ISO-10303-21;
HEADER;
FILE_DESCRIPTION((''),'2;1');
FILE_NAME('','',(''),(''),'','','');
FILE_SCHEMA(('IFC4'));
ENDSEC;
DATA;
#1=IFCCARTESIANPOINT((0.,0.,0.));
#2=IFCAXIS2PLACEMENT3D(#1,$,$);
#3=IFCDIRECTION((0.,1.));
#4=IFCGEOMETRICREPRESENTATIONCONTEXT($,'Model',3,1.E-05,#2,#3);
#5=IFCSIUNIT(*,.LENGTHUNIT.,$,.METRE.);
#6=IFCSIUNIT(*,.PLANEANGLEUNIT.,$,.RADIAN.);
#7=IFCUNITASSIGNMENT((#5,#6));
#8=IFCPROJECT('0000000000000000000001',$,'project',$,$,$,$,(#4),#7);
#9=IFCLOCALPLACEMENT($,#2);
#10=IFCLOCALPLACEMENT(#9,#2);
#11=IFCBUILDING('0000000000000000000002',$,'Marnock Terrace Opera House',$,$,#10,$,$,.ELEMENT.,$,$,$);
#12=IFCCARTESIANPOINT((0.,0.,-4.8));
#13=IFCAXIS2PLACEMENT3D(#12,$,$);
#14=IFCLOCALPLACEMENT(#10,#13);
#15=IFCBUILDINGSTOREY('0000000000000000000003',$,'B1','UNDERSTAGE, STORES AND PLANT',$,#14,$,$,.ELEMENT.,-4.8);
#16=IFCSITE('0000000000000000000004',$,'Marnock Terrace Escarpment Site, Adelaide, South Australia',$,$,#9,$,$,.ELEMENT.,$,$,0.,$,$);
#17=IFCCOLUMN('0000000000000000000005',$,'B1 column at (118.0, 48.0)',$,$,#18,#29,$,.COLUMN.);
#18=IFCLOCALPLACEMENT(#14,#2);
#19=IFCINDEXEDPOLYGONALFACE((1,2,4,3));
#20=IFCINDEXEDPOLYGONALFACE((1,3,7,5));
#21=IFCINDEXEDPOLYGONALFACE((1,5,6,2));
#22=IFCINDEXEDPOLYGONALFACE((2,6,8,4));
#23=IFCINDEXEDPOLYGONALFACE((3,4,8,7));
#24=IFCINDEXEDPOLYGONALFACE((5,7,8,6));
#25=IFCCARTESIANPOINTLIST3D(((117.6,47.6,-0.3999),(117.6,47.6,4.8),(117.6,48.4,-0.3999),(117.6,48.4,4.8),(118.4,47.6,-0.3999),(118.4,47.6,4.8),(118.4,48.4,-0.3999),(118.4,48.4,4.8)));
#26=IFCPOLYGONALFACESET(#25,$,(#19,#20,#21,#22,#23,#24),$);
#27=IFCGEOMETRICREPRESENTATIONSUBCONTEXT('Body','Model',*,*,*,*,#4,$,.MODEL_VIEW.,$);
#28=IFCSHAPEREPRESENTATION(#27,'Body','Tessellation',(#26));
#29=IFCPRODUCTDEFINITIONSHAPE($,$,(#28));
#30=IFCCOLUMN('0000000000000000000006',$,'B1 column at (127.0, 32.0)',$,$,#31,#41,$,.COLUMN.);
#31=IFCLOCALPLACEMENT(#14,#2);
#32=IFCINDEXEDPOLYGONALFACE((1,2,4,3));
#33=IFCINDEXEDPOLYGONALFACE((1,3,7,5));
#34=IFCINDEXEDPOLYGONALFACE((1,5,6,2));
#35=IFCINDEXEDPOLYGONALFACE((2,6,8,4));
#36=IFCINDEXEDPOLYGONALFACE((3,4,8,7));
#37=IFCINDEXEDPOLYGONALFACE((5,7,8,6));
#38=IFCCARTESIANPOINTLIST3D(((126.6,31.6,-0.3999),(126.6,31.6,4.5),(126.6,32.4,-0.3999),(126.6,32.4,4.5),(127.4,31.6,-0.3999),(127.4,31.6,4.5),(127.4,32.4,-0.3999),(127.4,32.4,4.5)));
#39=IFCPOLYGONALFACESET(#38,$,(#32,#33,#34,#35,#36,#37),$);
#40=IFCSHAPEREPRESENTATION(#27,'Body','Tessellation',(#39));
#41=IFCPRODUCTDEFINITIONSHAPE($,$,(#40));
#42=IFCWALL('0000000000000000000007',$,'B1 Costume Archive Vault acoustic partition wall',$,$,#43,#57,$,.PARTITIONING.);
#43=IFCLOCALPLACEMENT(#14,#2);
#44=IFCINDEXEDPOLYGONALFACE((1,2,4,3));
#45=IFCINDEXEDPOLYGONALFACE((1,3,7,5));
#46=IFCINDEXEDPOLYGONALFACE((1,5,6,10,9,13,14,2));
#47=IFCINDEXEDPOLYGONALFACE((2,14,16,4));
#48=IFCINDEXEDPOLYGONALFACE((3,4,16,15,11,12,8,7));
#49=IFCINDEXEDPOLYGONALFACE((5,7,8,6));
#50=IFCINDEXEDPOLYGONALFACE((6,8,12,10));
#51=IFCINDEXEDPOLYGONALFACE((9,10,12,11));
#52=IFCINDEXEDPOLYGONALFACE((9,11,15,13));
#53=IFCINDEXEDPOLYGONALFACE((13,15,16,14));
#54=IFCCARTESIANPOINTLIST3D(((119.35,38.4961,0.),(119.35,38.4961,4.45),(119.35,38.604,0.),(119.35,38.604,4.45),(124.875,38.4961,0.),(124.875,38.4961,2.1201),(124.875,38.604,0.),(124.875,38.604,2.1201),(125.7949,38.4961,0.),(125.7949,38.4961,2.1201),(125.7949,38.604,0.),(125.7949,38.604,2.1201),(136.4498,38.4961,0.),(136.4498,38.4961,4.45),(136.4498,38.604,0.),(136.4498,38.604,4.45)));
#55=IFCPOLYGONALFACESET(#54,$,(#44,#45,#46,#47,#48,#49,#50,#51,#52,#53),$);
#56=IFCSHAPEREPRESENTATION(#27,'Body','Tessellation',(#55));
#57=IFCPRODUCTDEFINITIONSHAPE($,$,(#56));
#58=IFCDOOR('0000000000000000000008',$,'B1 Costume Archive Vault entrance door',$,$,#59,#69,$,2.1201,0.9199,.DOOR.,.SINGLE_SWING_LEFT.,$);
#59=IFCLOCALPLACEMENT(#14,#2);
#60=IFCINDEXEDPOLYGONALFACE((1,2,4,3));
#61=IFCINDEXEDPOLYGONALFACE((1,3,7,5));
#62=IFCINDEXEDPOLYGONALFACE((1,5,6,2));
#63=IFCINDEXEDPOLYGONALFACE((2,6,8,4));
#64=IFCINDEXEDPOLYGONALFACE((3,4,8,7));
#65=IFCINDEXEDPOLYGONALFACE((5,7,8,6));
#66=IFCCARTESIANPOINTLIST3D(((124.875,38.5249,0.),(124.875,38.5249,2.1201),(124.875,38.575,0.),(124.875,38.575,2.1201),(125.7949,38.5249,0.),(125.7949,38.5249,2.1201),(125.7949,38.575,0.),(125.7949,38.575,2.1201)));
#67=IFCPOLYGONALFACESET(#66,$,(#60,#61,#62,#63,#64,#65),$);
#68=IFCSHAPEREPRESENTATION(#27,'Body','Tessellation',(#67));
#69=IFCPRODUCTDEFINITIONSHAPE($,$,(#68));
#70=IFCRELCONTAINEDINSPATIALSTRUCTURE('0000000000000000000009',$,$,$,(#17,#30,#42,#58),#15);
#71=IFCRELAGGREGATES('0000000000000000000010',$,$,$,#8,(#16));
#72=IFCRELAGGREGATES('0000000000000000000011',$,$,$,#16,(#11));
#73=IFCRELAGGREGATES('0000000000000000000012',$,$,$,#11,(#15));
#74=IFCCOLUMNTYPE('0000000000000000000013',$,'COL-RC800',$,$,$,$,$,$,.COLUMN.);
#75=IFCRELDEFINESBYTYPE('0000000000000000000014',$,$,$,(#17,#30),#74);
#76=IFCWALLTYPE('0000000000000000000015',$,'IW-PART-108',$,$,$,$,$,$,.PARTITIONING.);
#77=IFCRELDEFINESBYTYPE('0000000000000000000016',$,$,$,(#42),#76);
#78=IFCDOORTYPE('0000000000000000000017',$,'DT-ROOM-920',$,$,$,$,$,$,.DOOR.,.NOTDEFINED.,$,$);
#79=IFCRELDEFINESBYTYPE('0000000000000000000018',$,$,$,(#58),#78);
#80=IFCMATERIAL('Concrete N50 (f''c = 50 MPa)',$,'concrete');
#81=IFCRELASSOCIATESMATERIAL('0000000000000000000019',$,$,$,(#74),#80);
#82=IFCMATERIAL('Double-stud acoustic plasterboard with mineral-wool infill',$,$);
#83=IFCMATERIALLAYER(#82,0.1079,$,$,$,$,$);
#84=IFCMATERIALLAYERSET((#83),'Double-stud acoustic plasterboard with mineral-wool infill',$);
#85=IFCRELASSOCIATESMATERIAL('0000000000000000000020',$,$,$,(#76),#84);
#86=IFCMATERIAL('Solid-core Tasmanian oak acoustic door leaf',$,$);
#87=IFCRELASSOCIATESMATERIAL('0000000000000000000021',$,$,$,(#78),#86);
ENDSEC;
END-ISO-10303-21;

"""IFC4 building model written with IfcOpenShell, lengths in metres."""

from ifc_helpers import new_model, si_unit, direction, frame, frame_2d, origin, origin_2d, place, context, subcontext, project, spatial, rectangle, extrude, material, layer, layer_set, material_profile, profile_set, type_object, element, fill, save


model = new_model("IFC4")

# Units and contexts
model_context = context("Model", 3, precision=1e-05, world=origin(), true_north=direction((0.0, 1.0)))
body_context = subcontext(model_context, "Body", "Model", "MODEL_VIEW")
ifc_project = project(units=[si_unit("LENGTHUNIT", "METRE"), si_unit("PLANEANGLEUNIT", "RADIAN")], contexts=[model_context])

# Site, building, storey
site_placement = place(None, origin())
site = spatial("IfcSite", under=ifc_project, at=site_placement, Name="Marnock Terrace Escarpment Site, Adelaide, South Australia", CompositionType="ELEMENT", RefElevation=0.0)
building_placement = place(site_placement, origin())
building = spatial("IfcBuilding", under=site, at=building_placement, Name="Marnock Terrace Opera House", CompositionType="ELEMENT")
storey_placement = place(building_placement, frame((0.0, 0.0, -4.8)))
storey = spatial("IfcBuildingStorey", under=building, at=storey_placement, Name="B1", Description="UNDERSTAGE, STORES AND PLANT", CompositionType="ELEMENT", Elevation=-4.8)

# Columns
ifc_material_1 = material(Name="Concrete N50 (f'c = 50 MPa)", Category="concrete")
ifc_material_profile_1 = material_profile(ifc_material_1, rectangle(XDim=0.8, YDim=0.8, at=origin_2d()))
ifc_profile_set_1 = profile_set([ifc_material_profile_1], Name="Concrete N50 (f'c = 50 MPa)")
column_type = type_object("IfcColumnType", Name="COL-RC800", PredefinedType="COLUMN", material=ifc_profile_set_1)
column_1_placement = place(storey_placement, frame((118.0, 48.0, -0.3999), z_axis=(0.0, 0.0, 1.0), x_axis=(1.0, 0.0, 0.0)))
element("IfcColumn", 1, at=column_1_placement, inside=storey, type_object=column_type, Name="B1 column at (118.0, 48.0)", PredefinedType="COLUMN", context=body_context, shape_type="SweptSolid", body=[
    extrude(rectangle(XDim=0.8, YDim=0.8, at=origin_2d()), origin(), (0.0, 0.0, 1.0), 5.2),
])
column_2_placement = place(storey_placement, frame((127.0, 32.0, -0.3999), z_axis=(0.0, 0.0, 1.0), x_axis=(1.0, 0.0, 0.0)))
element("IfcColumn", 2, at=column_2_placement, inside=storey, type_object=column_type, Name="B1 column at (127.0, 32.0)", PredefinedType="COLUMN", context=body_context, shape_type="SweptSolid", body=[
    extrude(rectangle(XDim=0.8, YDim=0.8, at=origin_2d()), origin(), (0.0, 0.0, 1.0), 4.8999),
])

# Wall, opening, door
ifc_material_2 = material(Name="Double-stud acoustic plasterboard with mineral-wool infill")
ifc_layer_1 = layer(ifc_material_2, 0.1079)
ifc_layer_set_1 = layer_set([ifc_layer_1], Name="Double-stud acoustic plasterboard with mineral-wool infill")
wall_type = type_object("IfcWallType", Name="IW-PART-108", PredefinedType="PARTITIONING", material=ifc_layer_set_1)
wall_placement = place(storey_placement, frame((119.3501, 38.55, 0.0), z_axis=(0.0, 0.0, 1.0), x_axis=(1.0, 0.0, 0.0)))
wall = element("IfcWall", 3, at=wall_placement, inside=storey, type_object=wall_type, Name="B1 Costume Archive Vault acoustic partition wall", PredefinedType="PARTITIONING", context=body_context, shape_type="SweptSolid", body=[
    extrude(rectangle(XDim=17.0999, YDim=0.1079, at=frame_2d((8.5498, 0.0))), origin(), (0.0, 0.0, 1.0), 4.45),
])
opening_placement = place(wall_placement, frame((5.5249, 0.0, 0.0)))
opening = element("IfcOpeningElement", 4, at=opening_placement, cuts=wall, PredefinedType="OPENING", context=body_context, shape_type="SweptSolid", body=[
    extrude(rectangle(XDim=0.9199, YDim=2.1201, at=frame_2d((0.46, 1.0601))), frame((0.0, 0.064, 0.0), z_axis=(0.0, -1.0, 0.0), x_axis=(1.0, 0.0, 0.0)), (0.0, 0.0, 1.0), 0.1279),
])
ifc_material_3 = material(Name="Solid-core Tasmanian oak acoustic door leaf")
door_type = type_object("IfcDoorType", Name="DT-ROOM-920", OperationType="NOTDEFINED", PredefinedType="DOOR", material=ifc_material_3)
door_placement = place(opening_placement, origin())
door = element("IfcDoor", 5, at=door_placement, inside=storey, type_object=door_type, Name="B1 Costume Archive Vault entrance door", OperationType="SINGLE_SWING_LEFT", OverallHeight=2.1201, OverallWidth=0.9199, PredefinedType="DOOR", context=body_context, shape_type="SweptSolid", body=[
    extrude(rectangle(XDim=0.9199, YDim=2.1201, at=frame_2d((0.46, 1.0601))), frame((0.0, 0.0249, 0.0), z_axis=(0.0, -1.0, 0.0), x_axis=(1.0, 0.0, 0.0)), (0.0, 0.0, 1.0), 0.05),
])
fill(opening, door)

save(model, "model.ifc")
